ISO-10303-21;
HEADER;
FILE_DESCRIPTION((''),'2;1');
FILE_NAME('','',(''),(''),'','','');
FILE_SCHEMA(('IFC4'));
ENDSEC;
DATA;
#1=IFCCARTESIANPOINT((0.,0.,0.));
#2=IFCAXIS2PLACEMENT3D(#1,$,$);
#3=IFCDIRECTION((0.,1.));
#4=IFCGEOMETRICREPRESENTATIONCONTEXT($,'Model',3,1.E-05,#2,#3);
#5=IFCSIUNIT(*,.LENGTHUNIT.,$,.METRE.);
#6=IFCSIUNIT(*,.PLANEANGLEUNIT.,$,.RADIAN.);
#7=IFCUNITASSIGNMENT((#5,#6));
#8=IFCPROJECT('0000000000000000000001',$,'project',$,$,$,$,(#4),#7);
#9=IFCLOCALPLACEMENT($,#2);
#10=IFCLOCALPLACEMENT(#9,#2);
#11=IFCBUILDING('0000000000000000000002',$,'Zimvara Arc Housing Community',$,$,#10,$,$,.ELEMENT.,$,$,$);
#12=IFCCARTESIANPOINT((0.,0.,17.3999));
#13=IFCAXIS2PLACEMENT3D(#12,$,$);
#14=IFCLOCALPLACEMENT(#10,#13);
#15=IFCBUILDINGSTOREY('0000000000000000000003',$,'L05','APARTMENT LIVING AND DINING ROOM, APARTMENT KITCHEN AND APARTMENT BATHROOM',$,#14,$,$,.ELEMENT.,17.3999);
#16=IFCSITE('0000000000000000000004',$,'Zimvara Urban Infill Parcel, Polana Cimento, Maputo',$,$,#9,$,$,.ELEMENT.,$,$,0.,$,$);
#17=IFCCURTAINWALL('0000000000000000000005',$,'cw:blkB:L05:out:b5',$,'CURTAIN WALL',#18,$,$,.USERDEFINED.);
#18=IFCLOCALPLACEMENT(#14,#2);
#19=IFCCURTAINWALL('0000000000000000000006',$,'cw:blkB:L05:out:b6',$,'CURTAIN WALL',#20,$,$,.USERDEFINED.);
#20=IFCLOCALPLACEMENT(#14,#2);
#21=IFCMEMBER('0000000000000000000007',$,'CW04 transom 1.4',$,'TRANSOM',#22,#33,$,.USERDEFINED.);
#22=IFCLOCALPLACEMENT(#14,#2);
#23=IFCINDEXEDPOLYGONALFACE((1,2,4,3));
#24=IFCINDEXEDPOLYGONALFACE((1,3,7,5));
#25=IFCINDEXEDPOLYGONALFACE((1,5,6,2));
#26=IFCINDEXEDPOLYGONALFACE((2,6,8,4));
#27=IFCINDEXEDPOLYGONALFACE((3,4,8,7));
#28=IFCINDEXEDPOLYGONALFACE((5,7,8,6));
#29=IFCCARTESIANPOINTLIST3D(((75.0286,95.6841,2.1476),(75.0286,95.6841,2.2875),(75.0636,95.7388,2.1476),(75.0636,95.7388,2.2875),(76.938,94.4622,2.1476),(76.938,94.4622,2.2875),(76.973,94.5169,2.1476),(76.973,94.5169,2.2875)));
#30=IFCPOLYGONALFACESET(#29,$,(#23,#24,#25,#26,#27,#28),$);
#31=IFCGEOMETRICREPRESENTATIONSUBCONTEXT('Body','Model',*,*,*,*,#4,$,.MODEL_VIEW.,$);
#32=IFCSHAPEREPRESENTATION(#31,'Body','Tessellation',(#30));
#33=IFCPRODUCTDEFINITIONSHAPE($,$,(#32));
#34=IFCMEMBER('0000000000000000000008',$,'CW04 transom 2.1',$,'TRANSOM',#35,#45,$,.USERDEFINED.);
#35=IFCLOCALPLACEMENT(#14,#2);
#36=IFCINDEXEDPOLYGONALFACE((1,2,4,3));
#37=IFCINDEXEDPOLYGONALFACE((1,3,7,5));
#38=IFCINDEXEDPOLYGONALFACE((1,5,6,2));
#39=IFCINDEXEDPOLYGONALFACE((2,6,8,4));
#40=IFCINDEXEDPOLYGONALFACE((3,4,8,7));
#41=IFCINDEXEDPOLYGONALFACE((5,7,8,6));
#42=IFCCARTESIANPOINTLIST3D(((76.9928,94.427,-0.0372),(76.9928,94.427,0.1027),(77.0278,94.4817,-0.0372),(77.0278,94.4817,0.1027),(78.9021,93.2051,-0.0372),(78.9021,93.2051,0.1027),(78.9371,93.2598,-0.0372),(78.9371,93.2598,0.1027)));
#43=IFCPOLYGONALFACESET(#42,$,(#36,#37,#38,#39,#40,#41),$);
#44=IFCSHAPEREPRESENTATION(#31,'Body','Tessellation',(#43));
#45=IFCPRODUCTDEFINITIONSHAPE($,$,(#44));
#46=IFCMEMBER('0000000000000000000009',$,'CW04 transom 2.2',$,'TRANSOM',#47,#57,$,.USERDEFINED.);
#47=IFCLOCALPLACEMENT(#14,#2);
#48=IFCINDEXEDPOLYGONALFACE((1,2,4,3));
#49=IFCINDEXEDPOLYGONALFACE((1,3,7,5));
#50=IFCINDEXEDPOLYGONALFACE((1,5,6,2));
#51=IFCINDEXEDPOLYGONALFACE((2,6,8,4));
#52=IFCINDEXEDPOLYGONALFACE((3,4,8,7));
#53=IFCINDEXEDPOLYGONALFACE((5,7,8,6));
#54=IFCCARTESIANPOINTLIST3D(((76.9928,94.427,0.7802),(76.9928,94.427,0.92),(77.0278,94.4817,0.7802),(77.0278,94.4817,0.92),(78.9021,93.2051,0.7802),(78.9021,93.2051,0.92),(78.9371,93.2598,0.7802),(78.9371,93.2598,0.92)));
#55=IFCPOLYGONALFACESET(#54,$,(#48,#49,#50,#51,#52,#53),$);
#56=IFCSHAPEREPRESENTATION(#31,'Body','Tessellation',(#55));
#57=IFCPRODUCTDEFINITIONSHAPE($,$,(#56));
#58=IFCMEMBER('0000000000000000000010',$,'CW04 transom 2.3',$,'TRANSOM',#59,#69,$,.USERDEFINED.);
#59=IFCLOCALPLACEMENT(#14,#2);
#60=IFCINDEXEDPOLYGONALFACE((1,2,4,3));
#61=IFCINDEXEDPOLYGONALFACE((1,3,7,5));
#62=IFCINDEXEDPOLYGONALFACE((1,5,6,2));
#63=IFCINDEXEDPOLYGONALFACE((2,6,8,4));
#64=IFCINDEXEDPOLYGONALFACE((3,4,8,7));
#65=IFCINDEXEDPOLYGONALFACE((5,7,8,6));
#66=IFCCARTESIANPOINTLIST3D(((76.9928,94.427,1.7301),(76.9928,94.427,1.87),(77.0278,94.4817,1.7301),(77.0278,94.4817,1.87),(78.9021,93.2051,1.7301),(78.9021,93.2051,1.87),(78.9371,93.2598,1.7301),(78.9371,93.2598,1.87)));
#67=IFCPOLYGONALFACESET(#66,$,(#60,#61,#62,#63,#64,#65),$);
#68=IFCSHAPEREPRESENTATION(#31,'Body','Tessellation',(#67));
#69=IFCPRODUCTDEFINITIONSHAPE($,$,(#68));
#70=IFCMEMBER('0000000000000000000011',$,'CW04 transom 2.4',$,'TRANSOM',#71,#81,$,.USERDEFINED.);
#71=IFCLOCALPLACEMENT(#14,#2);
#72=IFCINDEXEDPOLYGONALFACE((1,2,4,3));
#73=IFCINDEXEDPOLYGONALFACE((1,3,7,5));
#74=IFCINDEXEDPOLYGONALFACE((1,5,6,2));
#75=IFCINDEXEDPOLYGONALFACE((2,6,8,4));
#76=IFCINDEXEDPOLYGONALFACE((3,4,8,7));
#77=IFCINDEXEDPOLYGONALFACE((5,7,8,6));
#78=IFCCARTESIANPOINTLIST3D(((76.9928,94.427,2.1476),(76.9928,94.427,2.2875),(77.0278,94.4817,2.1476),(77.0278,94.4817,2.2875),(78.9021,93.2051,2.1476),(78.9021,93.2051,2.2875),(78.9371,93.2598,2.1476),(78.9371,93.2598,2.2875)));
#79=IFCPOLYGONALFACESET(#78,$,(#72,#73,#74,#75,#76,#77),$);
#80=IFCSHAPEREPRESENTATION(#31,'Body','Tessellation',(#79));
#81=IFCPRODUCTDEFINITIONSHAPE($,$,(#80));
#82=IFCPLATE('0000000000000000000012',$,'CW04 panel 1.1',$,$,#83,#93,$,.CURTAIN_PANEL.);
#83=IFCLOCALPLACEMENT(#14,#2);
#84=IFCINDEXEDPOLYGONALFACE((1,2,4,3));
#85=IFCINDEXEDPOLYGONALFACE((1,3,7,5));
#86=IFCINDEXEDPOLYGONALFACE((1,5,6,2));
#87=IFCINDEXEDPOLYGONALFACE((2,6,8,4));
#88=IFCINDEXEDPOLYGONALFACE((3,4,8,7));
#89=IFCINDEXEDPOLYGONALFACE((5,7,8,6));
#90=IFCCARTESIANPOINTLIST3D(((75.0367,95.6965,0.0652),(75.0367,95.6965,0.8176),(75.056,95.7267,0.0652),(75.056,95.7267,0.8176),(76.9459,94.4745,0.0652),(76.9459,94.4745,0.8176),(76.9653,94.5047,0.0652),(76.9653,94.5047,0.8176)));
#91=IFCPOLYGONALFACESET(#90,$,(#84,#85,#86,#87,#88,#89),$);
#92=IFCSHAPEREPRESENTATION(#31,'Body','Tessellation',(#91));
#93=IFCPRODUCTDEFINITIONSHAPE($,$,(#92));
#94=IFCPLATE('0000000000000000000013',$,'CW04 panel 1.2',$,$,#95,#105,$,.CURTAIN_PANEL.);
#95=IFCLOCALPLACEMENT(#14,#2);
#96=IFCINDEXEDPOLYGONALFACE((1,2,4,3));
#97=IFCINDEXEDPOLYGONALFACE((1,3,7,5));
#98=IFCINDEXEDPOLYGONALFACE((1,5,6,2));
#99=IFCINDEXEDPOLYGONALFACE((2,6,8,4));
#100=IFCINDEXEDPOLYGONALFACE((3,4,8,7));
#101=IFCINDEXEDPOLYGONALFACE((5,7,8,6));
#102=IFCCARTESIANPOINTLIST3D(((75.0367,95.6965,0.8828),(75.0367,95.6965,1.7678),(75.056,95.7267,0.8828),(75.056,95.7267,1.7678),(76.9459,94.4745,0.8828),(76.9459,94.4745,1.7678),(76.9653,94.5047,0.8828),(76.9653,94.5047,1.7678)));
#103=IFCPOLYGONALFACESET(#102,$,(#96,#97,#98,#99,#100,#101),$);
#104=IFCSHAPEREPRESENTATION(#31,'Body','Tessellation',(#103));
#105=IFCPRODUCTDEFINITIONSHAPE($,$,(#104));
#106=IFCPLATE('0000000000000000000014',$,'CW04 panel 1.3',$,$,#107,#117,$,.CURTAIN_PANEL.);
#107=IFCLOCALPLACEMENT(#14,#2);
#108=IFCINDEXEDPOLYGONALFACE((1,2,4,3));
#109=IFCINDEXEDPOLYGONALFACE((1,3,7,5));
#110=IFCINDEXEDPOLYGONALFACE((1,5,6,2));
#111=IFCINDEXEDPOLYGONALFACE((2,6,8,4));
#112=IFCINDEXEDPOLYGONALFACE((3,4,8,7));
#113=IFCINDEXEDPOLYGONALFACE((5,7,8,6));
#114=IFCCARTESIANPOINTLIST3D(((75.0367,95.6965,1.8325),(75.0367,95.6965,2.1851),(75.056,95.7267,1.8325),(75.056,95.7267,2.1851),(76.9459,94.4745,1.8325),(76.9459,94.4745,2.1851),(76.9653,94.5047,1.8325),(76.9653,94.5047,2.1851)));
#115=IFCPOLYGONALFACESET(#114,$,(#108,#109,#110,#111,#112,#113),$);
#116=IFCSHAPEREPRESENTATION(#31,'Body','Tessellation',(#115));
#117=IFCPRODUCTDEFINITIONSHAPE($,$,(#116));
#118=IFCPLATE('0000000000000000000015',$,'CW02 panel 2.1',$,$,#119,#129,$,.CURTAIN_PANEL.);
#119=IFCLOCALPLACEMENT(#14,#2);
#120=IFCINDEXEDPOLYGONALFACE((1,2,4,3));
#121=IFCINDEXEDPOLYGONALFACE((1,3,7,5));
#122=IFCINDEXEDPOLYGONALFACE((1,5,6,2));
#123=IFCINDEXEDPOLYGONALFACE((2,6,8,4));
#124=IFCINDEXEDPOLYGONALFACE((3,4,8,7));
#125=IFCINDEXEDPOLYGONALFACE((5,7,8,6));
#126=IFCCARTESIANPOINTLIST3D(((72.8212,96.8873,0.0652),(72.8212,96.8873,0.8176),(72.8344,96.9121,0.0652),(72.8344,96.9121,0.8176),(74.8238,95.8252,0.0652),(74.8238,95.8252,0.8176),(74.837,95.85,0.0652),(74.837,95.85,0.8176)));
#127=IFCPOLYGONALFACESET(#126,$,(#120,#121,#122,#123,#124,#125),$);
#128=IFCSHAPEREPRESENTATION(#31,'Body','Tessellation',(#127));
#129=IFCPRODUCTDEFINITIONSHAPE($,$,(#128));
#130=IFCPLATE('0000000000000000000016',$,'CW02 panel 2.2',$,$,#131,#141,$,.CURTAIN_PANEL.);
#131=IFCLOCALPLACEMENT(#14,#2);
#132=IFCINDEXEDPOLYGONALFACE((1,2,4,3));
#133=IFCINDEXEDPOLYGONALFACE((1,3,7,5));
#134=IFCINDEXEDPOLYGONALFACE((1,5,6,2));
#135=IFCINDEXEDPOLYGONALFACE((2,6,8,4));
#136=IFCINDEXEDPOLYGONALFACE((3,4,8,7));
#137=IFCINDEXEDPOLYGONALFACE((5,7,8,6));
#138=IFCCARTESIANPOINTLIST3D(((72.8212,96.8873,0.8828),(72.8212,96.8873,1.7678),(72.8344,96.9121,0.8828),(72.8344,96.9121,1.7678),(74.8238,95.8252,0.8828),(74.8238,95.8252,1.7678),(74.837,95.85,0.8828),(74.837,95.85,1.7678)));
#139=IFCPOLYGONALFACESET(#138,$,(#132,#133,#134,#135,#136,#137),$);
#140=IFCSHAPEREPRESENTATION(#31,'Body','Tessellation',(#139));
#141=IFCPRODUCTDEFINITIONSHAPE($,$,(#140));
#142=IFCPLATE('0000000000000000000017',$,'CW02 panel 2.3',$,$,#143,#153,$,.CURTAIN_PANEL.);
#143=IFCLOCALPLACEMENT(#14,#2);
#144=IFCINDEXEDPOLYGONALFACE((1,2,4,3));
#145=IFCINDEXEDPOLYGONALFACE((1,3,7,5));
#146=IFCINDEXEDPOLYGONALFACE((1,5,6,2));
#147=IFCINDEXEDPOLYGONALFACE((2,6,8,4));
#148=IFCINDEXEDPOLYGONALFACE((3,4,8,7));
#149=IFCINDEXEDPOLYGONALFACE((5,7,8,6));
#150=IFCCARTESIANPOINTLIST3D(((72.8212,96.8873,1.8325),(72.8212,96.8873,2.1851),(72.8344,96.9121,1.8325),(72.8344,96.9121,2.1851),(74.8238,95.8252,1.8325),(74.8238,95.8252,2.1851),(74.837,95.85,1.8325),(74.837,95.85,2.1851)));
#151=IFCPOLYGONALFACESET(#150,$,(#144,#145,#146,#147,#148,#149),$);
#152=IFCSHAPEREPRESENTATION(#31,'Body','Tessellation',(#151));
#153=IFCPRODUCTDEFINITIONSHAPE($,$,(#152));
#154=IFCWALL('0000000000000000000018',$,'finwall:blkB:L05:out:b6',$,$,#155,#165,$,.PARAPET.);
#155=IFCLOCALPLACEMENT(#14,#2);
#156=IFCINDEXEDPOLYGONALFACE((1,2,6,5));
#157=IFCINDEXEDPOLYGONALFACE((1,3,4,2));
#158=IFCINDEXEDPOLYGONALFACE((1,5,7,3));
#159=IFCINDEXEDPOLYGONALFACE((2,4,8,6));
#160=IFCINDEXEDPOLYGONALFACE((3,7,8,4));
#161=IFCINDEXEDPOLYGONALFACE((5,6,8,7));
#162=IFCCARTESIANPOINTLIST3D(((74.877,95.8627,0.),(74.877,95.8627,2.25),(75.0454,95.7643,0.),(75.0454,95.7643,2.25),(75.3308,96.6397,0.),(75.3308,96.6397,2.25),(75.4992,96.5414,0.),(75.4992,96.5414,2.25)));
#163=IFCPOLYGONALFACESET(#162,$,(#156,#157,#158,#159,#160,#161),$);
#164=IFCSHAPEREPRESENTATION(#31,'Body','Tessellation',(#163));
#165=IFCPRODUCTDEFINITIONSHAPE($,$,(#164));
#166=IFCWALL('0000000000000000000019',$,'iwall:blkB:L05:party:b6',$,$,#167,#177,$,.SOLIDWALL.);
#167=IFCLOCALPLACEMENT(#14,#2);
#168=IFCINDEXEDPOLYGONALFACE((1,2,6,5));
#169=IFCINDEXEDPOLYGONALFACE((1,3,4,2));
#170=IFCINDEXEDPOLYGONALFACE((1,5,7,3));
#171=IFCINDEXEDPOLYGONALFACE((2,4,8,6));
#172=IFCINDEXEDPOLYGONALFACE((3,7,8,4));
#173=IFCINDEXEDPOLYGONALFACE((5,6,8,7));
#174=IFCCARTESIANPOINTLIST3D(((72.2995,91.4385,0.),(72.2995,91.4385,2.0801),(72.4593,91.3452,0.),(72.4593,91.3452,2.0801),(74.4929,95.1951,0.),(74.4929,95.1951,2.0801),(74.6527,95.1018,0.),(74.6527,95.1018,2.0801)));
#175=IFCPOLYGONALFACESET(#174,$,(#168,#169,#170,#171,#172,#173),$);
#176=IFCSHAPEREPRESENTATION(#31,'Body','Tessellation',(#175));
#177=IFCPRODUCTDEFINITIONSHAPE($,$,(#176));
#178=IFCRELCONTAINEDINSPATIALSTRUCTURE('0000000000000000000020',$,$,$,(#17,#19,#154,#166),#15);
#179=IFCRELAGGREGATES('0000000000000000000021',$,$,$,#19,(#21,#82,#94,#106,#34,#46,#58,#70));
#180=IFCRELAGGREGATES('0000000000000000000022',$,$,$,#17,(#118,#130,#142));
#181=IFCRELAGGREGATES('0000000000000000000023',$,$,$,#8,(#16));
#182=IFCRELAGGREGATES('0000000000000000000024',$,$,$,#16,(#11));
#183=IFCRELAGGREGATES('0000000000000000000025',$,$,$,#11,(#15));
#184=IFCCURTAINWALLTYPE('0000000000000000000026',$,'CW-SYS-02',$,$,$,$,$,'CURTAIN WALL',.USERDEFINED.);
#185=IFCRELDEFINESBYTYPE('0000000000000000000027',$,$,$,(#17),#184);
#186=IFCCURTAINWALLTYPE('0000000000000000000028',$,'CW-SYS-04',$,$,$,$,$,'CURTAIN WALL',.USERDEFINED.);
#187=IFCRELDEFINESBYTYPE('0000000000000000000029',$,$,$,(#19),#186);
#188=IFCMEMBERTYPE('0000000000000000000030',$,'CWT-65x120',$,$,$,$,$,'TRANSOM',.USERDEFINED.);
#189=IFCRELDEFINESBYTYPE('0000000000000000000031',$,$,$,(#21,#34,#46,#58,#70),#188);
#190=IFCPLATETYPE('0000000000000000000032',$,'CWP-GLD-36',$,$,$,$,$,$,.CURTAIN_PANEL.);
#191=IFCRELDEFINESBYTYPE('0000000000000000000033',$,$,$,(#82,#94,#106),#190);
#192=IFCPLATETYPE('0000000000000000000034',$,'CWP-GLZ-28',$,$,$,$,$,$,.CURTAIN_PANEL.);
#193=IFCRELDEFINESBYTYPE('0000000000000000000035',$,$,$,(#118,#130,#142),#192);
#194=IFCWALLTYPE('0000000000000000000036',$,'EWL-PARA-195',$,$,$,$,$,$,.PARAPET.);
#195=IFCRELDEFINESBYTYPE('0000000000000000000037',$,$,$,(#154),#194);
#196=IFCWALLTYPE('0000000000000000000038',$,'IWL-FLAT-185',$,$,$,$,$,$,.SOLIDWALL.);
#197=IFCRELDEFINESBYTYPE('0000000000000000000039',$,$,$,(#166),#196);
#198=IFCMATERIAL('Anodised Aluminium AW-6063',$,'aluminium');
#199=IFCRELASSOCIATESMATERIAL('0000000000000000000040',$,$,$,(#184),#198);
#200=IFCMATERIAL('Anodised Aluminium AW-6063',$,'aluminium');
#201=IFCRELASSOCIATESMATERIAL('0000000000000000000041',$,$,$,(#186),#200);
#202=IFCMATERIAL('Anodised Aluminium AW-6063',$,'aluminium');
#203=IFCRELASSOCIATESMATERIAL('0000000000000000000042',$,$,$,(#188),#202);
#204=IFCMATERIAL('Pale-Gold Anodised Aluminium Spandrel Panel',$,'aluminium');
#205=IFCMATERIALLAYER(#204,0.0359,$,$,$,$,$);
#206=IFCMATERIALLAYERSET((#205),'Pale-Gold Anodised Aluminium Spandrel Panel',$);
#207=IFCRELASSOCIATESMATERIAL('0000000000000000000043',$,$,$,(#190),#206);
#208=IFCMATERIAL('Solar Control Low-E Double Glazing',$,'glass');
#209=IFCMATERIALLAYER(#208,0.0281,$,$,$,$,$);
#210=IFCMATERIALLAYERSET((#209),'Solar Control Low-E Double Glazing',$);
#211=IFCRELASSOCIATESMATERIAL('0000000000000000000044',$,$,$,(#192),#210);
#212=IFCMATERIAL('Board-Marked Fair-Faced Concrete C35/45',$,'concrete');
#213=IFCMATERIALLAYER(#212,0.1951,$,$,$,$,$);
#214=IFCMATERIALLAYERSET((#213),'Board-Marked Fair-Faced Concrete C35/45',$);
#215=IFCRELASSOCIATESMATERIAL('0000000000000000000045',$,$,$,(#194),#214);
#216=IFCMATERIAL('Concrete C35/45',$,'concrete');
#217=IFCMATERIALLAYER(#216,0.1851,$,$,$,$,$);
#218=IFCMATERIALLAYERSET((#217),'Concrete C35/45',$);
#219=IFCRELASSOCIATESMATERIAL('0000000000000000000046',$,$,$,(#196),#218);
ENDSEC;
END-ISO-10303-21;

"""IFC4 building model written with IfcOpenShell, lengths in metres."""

from ifc_helpers import new_model, si_unit, direction, frame, frame_2d, origin, origin_2d, place, context, subcontext, project, spatial, rectangle, extrude, material, layer, layer_set, material_profile, profile_set, type_object, element, aggregate, save


model = new_model("IFC4")

# Units and contexts
model_context = context("Model", 3, precision=1e-05, world=origin(), true_north=direction((0.0, 1.0)))
body_context = subcontext(model_context, "Body", "Model", "MODEL_VIEW")
ifc_project = project(units=[si_unit("LENGTHUNIT", "METRE"), si_unit("PLANEANGLEUNIT", "RADIAN")], contexts=[model_context])

# Site, building, storey
site_placement = place(None, origin())
site = spatial("IfcSite", under=ifc_project, at=site_placement, Name="Zimvara Urban Infill Parcel, Polana Cimento, Maputo", CompositionType="ELEMENT", RefElevation=0.0)
building_placement = place(site_placement, origin())
building = spatial("IfcBuilding", under=site, at=building_placement, Name="Zimvara Arc Housing Community", CompositionType="ELEMENT")
storey_placement = place(building_placement, frame((0.0, 0.0, 17.3999)))
storey = spatial("IfcBuildingStorey", under=building, at=storey_placement, Name="L05", Description="APARTMENT LIVING AND DINING ROOM, APARTMENT KITCHEN AND APARTMENT BATHROOM", CompositionType="ELEMENT", Elevation=17.3999)

# Curtain walls
ifc_material_1 = material(Name="Anodised Aluminium AW-6063", Category="aluminium")
curtain_wall_type_1 = type_object("IfcCurtainWallType", Name="CW-SYS-02", ElementType="CURTAIN WALL", PredefinedType="USERDEFINED", material=ifc_material_1)
curtain_wall_1_placement = place(storey_placement, origin())
curtain_wall_1 = element("IfcCurtainWall", 1, at=curtain_wall_1_placement, inside=storey, type_object=curtain_wall_type_1, Name="cw:blkB:L05:out:b5", ObjectType="CURTAIN WALL", PredefinedType="USERDEFINED")
ifc_material_2 = material(Name="Anodised Aluminium AW-6063", Category="aluminium")
curtain_wall_type_2 = type_object("IfcCurtainWallType", Name="CW-SYS-04", ElementType="CURTAIN WALL", PredefinedType="USERDEFINED", material=ifc_material_2)
curtain_wall_2_placement = place(storey_placement, origin())
curtain_wall_2 = element("IfcCurtainWall", 2, at=curtain_wall_2_placement, inside=storey, type_object=curtain_wall_type_2, Name="cw:blkB:L05:out:b6", ObjectType="CURTAIN WALL", PredefinedType="USERDEFINED")

# Members
ifc_material_3 = material(Name="Anodised Aluminium AW-6063", Category="aluminium")
ifc_material_profile_1 = material_profile(ifc_material_3, rectangle(XDim=0.0649, YDim=0.1399, at=origin_2d()), Name="ALU 65x140")
ifc_profile_set_1 = profile_set([ifc_material_profile_1], Name="Anodised Aluminium AW-6063")
member_type_1 = type_object("IfcMemberType", Name="CWT-65x120", ElementType="TRANSOM", PredefinedType="USERDEFINED", material=ifc_profile_set_1)
member_1_placement = place(storey_placement, frame((75.0461, 95.7114, 2.2175), z_axis=(0.842293, -0.53902, 0.0), x_axis=(0.53902, 0.842293, 0.0)))
member_1 = element("IfcMember", 3, at=member_1_placement, type_object=member_type_1, Name="CW04 transom 1.4", ObjectType="TRANSOM", PredefinedType="USERDEFINED", context=body_context, shape_type="SweptSolid", body=[
    extrude(rectangle(XDim=0.0649, YDim=0.1399, at=origin_2d()), origin(), (0.0, 0.0, 1.0), 2.2668),
])
member_2_placement = place(storey_placement, frame((77.0103, 94.4543, 0.0327), z_axis=(0.842293, -0.53902, 0.0), x_axis=(0.53902, 0.842293, 0.0)))
member_2 = element("IfcMember", 4, at=member_2_placement, type_object=member_type_1, Name="CW04 transom 2.1", ObjectType="TRANSOM", PredefinedType="USERDEFINED", context=body_context, shape_type="SweptSolid", body=[
    extrude(rectangle(XDim=0.0649, YDim=0.1399, at=origin_2d()), origin(), (0.0, 0.0, 1.0), 2.2668),
])
member_3_placement = place(storey_placement, frame((77.0103, 94.4543, 0.8501), z_axis=(0.842293, -0.53902, 0.0), x_axis=(0.53902, 0.842293, 0.0)))
member_3 = element("IfcMember", 5, at=member_3_placement, type_object=member_type_1, Name="CW04 transom 2.2", ObjectType="TRANSOM", PredefinedType="USERDEFINED", context=body_context, shape_type="SweptSolid", body=[
    extrude(rectangle(XDim=0.0649, YDim=0.1399, at=origin_2d()), origin(), (0.0, 0.0, 1.0), 2.2668),
])
member_4_placement = place(storey_placement, frame((77.0103, 94.4543, 1.8), z_axis=(0.842293, -0.53902, 0.0), x_axis=(0.53902, 0.842293, 0.0)))
member_4 = element("IfcMember", 6, at=member_4_placement, type_object=member_type_1, Name="CW04 transom 2.3", ObjectType="TRANSOM", PredefinedType="USERDEFINED", context=body_context, shape_type="SweptSolid", body=[
    extrude(rectangle(XDim=0.0649, YDim=0.1399, at=origin_2d()), origin(), (0.0, 0.0, 1.0), 2.2668),
])
member_5_placement = place(storey_placement, frame((77.0103, 94.4543, 2.2175), z_axis=(0.842293, -0.53902, 0.0), x_axis=(0.53902, 0.842293, 0.0)))
member_5 = element("IfcMember", 7, at=member_5_placement, type_object=member_type_1, Name="CW04 transom 2.4", ObjectType="TRANSOM", PredefinedType="USERDEFINED", context=body_context, shape_type="SweptSolid", body=[
    extrude(rectangle(XDim=0.0649, YDim=0.1399, at=origin_2d()), origin(), (0.0, 0.0, 1.0), 2.2668),
])

# Plates
ifc_material_4 = material(Name="Pale-Gold Anodised Aluminium Spandrel Panel", Category="aluminium")
ifc_layer_1 = layer(ifc_material_4, 0.0359)
ifc_layer_set_1 = layer_set([ifc_layer_1], Name="Pale-Gold Anodised Aluminium Spandrel Panel")
plate_type_1 = type_object("IfcPlateType", Name="CWP-GLD-36", PredefinedType="CURTAIN_PANEL", material=ifc_layer_set_1)
plate_1_placement = place(storey_placement, frame((76.001, 95.1006, 0.0652), z_axis=(0.0, 0.0, 1.0), x_axis=(0.842264, -0.539065, 0.0)))
plate_1 = element("IfcPlate", 8, at=plate_1_placement, type_object=plate_type_1, Name="CW04 panel 1.1", PredefinedType="CURTAIN_PANEL", context=body_context, shape_type="SweptSolid", body=[
    extrude(rectangle(XDim=2.2668, YDim=0.0359, at=origin_2d()), origin(), (0.0, 0.0, 1.0), 0.7524),
])
plate_2_placement = place(storey_placement, frame((76.001, 95.1006, 0.8828), z_axis=(0.0, 0.0, 1.0), x_axis=(0.842264, -0.539065, 0.0)))
plate_2 = element("IfcPlate", 9, at=plate_2_placement, type_object=plate_type_1, Name="CW04 panel 1.2", PredefinedType="CURTAIN_PANEL", context=body_context, shape_type="SweptSolid", body=[
    extrude(rectangle(XDim=2.2668, YDim=0.0359, at=origin_2d()), origin(), (0.0, 0.0, 1.0), 0.885),
])
plate_3_placement = place(storey_placement, frame((76.001, 95.1006, 1.8325), z_axis=(0.0, 0.0, 1.0), x_axis=(0.842264, -0.539065, 0.0)))
plate_3 = element("IfcPlate", 10, at=plate_3_placement, type_object=plate_type_1, Name="CW04 panel 1.3", PredefinedType="CURTAIN_PANEL", context=body_context, shape_type="SweptSolid", body=[
    extrude(rectangle(XDim=2.2668, YDim=0.0359, at=origin_2d()), origin(), (0.0, 0.0, 1.0), 0.3525),
])
aggregate(curtain_wall_2, [member_1, plate_1, plate_2, plate_3, member_2, member_3, member_4, member_5])
ifc_material_5 = material(Name="Solar Control Low-E Double Glazing", Category="glass")
ifc_layer_2 = layer(ifc_material_5, 0.0281)
ifc_layer_set_2 = layer_set([ifc_layer_2], Name="Solar Control Low-E Double Glazing")
plate_type_2 = type_object("IfcPlateType", Name="CWP-GLZ-28", PredefinedType="CURTAIN_PANEL", material=ifc_layer_set_2)
plate_4_placement = place(storey_placement, frame((73.8291, 96.3687, 0.0652), z_axis=(0.0, 0.0, 1.0), x_axis=(0.883439, -0.468547, 0.0)))
plate_4 = element("IfcPlate", 11, at=plate_4_placement, type_object=plate_type_2, Name="CW02 panel 2.1", PredefinedType="CURTAIN_PANEL", context=body_context, shape_type="SweptSolid", body=[
    extrude(rectangle(XDim=2.2668, YDim=0.0281, at=origin_2d()), origin(), (0.0, 0.0, 1.0), 0.7524),
])
plate_5_placement = place(storey_placement, frame((73.8291, 96.3687, 0.8828), z_axis=(0.0, 0.0, 1.0), x_axis=(0.883439, -0.468547, 0.0)))
plate_5 = element("IfcPlate", 12, at=plate_5_placement, type_object=plate_type_2, Name="CW02 panel 2.2", PredefinedType="CURTAIN_PANEL", context=body_context, shape_type="SweptSolid", body=[
    extrude(rectangle(XDim=2.2668, YDim=0.0281, at=origin_2d()), origin(), (0.0, 0.0, 1.0), 0.885),
])
plate_6_placement = place(storey_placement, frame((73.8291, 96.3687, 1.8325), z_axis=(0.0, 0.0, 1.0), x_axis=(0.883439, -0.468547, 0.0)))
plate_6 = element("IfcPlate", 13, at=plate_6_placement, type_object=plate_type_2, Name="CW02 panel 2.3", PredefinedType="CURTAIN_PANEL", context=body_context, shape_type="SweptSolid", body=[
    extrude(rectangle(XDim=2.2668, YDim=0.0281, at=origin_2d()), origin(), (0.0, 0.0, 1.0), 0.3525),
])
aggregate(curtain_wall_1, [plate_4, plate_5, plate_6])

# Walls
ifc_material_6 = material(Name="Board-Marked Fair-Faced Concrete C35/45", Category="concrete")
ifc_layer_3 = layer(ifc_material_6, 0.1951)
ifc_layer_set_3 = layer_set([ifc_layer_3], Name="Board-Marked Fair-Faced Concrete C35/45")
wall_type_1 = type_object("IfcWallType", Name="EWL-PARA-195", PredefinedType="PARAPET", material=ifc_layer_set_3)
wall_1_placement = place(storey_placement, frame((74.9612, 95.8135, 0.0), z_axis=(0.0, 0.0, 1.0), x_axis=(0.504326, 0.863513, 0.0)))
element("IfcWall", 14, at=wall_1_placement, inside=storey, type_object=wall_type_1, Name="finwall:blkB:L05:out:b6", PredefinedType="PARAPET", context=body_context, shape_type="SweptSolid", body=[
    extrude(rectangle(XDim=0.8999, YDim=0.1951, at=frame_2d((0.45, 0.0))), origin(), (0.0, 0.0, 1.0), 2.25),
])
ifc_material_7 = material(Name="Concrete C35/45", Category="concrete")
ifc_layer_4 = layer(ifc_material_7, 0.1851)
ifc_layer_set_4 = layer_set([ifc_layer_4], Name="Concrete C35/45")
wall_type_2 = type_object("IfcWallType", Name="IWL-FLAT-185", PredefinedType="SOLIDWALL", material=ifc_layer_set_4)
wall_2_placement = place(storey_placement, frame((72.3794, 91.3918, 0.0), z_axis=(0.0, 0.0, 1.0), x_axis=(0.504216, 0.863577, 0.0)))
element("IfcWall", 15, at=wall_2_placement, inside=storey, type_object=wall_type_2, Name="iwall:blkB:L05:party:b6", PredefinedType="SOLIDWALL", context=body_context, shape_type="SweptSolid", body=[
    extrude(rectangle(XDim=4.3501, YDim=0.1851, at=frame_2d((2.175, 0.0))), origin(), (0.0, 0.0, 1.0), 2.0801),
])

save(model, "model.ifc")
